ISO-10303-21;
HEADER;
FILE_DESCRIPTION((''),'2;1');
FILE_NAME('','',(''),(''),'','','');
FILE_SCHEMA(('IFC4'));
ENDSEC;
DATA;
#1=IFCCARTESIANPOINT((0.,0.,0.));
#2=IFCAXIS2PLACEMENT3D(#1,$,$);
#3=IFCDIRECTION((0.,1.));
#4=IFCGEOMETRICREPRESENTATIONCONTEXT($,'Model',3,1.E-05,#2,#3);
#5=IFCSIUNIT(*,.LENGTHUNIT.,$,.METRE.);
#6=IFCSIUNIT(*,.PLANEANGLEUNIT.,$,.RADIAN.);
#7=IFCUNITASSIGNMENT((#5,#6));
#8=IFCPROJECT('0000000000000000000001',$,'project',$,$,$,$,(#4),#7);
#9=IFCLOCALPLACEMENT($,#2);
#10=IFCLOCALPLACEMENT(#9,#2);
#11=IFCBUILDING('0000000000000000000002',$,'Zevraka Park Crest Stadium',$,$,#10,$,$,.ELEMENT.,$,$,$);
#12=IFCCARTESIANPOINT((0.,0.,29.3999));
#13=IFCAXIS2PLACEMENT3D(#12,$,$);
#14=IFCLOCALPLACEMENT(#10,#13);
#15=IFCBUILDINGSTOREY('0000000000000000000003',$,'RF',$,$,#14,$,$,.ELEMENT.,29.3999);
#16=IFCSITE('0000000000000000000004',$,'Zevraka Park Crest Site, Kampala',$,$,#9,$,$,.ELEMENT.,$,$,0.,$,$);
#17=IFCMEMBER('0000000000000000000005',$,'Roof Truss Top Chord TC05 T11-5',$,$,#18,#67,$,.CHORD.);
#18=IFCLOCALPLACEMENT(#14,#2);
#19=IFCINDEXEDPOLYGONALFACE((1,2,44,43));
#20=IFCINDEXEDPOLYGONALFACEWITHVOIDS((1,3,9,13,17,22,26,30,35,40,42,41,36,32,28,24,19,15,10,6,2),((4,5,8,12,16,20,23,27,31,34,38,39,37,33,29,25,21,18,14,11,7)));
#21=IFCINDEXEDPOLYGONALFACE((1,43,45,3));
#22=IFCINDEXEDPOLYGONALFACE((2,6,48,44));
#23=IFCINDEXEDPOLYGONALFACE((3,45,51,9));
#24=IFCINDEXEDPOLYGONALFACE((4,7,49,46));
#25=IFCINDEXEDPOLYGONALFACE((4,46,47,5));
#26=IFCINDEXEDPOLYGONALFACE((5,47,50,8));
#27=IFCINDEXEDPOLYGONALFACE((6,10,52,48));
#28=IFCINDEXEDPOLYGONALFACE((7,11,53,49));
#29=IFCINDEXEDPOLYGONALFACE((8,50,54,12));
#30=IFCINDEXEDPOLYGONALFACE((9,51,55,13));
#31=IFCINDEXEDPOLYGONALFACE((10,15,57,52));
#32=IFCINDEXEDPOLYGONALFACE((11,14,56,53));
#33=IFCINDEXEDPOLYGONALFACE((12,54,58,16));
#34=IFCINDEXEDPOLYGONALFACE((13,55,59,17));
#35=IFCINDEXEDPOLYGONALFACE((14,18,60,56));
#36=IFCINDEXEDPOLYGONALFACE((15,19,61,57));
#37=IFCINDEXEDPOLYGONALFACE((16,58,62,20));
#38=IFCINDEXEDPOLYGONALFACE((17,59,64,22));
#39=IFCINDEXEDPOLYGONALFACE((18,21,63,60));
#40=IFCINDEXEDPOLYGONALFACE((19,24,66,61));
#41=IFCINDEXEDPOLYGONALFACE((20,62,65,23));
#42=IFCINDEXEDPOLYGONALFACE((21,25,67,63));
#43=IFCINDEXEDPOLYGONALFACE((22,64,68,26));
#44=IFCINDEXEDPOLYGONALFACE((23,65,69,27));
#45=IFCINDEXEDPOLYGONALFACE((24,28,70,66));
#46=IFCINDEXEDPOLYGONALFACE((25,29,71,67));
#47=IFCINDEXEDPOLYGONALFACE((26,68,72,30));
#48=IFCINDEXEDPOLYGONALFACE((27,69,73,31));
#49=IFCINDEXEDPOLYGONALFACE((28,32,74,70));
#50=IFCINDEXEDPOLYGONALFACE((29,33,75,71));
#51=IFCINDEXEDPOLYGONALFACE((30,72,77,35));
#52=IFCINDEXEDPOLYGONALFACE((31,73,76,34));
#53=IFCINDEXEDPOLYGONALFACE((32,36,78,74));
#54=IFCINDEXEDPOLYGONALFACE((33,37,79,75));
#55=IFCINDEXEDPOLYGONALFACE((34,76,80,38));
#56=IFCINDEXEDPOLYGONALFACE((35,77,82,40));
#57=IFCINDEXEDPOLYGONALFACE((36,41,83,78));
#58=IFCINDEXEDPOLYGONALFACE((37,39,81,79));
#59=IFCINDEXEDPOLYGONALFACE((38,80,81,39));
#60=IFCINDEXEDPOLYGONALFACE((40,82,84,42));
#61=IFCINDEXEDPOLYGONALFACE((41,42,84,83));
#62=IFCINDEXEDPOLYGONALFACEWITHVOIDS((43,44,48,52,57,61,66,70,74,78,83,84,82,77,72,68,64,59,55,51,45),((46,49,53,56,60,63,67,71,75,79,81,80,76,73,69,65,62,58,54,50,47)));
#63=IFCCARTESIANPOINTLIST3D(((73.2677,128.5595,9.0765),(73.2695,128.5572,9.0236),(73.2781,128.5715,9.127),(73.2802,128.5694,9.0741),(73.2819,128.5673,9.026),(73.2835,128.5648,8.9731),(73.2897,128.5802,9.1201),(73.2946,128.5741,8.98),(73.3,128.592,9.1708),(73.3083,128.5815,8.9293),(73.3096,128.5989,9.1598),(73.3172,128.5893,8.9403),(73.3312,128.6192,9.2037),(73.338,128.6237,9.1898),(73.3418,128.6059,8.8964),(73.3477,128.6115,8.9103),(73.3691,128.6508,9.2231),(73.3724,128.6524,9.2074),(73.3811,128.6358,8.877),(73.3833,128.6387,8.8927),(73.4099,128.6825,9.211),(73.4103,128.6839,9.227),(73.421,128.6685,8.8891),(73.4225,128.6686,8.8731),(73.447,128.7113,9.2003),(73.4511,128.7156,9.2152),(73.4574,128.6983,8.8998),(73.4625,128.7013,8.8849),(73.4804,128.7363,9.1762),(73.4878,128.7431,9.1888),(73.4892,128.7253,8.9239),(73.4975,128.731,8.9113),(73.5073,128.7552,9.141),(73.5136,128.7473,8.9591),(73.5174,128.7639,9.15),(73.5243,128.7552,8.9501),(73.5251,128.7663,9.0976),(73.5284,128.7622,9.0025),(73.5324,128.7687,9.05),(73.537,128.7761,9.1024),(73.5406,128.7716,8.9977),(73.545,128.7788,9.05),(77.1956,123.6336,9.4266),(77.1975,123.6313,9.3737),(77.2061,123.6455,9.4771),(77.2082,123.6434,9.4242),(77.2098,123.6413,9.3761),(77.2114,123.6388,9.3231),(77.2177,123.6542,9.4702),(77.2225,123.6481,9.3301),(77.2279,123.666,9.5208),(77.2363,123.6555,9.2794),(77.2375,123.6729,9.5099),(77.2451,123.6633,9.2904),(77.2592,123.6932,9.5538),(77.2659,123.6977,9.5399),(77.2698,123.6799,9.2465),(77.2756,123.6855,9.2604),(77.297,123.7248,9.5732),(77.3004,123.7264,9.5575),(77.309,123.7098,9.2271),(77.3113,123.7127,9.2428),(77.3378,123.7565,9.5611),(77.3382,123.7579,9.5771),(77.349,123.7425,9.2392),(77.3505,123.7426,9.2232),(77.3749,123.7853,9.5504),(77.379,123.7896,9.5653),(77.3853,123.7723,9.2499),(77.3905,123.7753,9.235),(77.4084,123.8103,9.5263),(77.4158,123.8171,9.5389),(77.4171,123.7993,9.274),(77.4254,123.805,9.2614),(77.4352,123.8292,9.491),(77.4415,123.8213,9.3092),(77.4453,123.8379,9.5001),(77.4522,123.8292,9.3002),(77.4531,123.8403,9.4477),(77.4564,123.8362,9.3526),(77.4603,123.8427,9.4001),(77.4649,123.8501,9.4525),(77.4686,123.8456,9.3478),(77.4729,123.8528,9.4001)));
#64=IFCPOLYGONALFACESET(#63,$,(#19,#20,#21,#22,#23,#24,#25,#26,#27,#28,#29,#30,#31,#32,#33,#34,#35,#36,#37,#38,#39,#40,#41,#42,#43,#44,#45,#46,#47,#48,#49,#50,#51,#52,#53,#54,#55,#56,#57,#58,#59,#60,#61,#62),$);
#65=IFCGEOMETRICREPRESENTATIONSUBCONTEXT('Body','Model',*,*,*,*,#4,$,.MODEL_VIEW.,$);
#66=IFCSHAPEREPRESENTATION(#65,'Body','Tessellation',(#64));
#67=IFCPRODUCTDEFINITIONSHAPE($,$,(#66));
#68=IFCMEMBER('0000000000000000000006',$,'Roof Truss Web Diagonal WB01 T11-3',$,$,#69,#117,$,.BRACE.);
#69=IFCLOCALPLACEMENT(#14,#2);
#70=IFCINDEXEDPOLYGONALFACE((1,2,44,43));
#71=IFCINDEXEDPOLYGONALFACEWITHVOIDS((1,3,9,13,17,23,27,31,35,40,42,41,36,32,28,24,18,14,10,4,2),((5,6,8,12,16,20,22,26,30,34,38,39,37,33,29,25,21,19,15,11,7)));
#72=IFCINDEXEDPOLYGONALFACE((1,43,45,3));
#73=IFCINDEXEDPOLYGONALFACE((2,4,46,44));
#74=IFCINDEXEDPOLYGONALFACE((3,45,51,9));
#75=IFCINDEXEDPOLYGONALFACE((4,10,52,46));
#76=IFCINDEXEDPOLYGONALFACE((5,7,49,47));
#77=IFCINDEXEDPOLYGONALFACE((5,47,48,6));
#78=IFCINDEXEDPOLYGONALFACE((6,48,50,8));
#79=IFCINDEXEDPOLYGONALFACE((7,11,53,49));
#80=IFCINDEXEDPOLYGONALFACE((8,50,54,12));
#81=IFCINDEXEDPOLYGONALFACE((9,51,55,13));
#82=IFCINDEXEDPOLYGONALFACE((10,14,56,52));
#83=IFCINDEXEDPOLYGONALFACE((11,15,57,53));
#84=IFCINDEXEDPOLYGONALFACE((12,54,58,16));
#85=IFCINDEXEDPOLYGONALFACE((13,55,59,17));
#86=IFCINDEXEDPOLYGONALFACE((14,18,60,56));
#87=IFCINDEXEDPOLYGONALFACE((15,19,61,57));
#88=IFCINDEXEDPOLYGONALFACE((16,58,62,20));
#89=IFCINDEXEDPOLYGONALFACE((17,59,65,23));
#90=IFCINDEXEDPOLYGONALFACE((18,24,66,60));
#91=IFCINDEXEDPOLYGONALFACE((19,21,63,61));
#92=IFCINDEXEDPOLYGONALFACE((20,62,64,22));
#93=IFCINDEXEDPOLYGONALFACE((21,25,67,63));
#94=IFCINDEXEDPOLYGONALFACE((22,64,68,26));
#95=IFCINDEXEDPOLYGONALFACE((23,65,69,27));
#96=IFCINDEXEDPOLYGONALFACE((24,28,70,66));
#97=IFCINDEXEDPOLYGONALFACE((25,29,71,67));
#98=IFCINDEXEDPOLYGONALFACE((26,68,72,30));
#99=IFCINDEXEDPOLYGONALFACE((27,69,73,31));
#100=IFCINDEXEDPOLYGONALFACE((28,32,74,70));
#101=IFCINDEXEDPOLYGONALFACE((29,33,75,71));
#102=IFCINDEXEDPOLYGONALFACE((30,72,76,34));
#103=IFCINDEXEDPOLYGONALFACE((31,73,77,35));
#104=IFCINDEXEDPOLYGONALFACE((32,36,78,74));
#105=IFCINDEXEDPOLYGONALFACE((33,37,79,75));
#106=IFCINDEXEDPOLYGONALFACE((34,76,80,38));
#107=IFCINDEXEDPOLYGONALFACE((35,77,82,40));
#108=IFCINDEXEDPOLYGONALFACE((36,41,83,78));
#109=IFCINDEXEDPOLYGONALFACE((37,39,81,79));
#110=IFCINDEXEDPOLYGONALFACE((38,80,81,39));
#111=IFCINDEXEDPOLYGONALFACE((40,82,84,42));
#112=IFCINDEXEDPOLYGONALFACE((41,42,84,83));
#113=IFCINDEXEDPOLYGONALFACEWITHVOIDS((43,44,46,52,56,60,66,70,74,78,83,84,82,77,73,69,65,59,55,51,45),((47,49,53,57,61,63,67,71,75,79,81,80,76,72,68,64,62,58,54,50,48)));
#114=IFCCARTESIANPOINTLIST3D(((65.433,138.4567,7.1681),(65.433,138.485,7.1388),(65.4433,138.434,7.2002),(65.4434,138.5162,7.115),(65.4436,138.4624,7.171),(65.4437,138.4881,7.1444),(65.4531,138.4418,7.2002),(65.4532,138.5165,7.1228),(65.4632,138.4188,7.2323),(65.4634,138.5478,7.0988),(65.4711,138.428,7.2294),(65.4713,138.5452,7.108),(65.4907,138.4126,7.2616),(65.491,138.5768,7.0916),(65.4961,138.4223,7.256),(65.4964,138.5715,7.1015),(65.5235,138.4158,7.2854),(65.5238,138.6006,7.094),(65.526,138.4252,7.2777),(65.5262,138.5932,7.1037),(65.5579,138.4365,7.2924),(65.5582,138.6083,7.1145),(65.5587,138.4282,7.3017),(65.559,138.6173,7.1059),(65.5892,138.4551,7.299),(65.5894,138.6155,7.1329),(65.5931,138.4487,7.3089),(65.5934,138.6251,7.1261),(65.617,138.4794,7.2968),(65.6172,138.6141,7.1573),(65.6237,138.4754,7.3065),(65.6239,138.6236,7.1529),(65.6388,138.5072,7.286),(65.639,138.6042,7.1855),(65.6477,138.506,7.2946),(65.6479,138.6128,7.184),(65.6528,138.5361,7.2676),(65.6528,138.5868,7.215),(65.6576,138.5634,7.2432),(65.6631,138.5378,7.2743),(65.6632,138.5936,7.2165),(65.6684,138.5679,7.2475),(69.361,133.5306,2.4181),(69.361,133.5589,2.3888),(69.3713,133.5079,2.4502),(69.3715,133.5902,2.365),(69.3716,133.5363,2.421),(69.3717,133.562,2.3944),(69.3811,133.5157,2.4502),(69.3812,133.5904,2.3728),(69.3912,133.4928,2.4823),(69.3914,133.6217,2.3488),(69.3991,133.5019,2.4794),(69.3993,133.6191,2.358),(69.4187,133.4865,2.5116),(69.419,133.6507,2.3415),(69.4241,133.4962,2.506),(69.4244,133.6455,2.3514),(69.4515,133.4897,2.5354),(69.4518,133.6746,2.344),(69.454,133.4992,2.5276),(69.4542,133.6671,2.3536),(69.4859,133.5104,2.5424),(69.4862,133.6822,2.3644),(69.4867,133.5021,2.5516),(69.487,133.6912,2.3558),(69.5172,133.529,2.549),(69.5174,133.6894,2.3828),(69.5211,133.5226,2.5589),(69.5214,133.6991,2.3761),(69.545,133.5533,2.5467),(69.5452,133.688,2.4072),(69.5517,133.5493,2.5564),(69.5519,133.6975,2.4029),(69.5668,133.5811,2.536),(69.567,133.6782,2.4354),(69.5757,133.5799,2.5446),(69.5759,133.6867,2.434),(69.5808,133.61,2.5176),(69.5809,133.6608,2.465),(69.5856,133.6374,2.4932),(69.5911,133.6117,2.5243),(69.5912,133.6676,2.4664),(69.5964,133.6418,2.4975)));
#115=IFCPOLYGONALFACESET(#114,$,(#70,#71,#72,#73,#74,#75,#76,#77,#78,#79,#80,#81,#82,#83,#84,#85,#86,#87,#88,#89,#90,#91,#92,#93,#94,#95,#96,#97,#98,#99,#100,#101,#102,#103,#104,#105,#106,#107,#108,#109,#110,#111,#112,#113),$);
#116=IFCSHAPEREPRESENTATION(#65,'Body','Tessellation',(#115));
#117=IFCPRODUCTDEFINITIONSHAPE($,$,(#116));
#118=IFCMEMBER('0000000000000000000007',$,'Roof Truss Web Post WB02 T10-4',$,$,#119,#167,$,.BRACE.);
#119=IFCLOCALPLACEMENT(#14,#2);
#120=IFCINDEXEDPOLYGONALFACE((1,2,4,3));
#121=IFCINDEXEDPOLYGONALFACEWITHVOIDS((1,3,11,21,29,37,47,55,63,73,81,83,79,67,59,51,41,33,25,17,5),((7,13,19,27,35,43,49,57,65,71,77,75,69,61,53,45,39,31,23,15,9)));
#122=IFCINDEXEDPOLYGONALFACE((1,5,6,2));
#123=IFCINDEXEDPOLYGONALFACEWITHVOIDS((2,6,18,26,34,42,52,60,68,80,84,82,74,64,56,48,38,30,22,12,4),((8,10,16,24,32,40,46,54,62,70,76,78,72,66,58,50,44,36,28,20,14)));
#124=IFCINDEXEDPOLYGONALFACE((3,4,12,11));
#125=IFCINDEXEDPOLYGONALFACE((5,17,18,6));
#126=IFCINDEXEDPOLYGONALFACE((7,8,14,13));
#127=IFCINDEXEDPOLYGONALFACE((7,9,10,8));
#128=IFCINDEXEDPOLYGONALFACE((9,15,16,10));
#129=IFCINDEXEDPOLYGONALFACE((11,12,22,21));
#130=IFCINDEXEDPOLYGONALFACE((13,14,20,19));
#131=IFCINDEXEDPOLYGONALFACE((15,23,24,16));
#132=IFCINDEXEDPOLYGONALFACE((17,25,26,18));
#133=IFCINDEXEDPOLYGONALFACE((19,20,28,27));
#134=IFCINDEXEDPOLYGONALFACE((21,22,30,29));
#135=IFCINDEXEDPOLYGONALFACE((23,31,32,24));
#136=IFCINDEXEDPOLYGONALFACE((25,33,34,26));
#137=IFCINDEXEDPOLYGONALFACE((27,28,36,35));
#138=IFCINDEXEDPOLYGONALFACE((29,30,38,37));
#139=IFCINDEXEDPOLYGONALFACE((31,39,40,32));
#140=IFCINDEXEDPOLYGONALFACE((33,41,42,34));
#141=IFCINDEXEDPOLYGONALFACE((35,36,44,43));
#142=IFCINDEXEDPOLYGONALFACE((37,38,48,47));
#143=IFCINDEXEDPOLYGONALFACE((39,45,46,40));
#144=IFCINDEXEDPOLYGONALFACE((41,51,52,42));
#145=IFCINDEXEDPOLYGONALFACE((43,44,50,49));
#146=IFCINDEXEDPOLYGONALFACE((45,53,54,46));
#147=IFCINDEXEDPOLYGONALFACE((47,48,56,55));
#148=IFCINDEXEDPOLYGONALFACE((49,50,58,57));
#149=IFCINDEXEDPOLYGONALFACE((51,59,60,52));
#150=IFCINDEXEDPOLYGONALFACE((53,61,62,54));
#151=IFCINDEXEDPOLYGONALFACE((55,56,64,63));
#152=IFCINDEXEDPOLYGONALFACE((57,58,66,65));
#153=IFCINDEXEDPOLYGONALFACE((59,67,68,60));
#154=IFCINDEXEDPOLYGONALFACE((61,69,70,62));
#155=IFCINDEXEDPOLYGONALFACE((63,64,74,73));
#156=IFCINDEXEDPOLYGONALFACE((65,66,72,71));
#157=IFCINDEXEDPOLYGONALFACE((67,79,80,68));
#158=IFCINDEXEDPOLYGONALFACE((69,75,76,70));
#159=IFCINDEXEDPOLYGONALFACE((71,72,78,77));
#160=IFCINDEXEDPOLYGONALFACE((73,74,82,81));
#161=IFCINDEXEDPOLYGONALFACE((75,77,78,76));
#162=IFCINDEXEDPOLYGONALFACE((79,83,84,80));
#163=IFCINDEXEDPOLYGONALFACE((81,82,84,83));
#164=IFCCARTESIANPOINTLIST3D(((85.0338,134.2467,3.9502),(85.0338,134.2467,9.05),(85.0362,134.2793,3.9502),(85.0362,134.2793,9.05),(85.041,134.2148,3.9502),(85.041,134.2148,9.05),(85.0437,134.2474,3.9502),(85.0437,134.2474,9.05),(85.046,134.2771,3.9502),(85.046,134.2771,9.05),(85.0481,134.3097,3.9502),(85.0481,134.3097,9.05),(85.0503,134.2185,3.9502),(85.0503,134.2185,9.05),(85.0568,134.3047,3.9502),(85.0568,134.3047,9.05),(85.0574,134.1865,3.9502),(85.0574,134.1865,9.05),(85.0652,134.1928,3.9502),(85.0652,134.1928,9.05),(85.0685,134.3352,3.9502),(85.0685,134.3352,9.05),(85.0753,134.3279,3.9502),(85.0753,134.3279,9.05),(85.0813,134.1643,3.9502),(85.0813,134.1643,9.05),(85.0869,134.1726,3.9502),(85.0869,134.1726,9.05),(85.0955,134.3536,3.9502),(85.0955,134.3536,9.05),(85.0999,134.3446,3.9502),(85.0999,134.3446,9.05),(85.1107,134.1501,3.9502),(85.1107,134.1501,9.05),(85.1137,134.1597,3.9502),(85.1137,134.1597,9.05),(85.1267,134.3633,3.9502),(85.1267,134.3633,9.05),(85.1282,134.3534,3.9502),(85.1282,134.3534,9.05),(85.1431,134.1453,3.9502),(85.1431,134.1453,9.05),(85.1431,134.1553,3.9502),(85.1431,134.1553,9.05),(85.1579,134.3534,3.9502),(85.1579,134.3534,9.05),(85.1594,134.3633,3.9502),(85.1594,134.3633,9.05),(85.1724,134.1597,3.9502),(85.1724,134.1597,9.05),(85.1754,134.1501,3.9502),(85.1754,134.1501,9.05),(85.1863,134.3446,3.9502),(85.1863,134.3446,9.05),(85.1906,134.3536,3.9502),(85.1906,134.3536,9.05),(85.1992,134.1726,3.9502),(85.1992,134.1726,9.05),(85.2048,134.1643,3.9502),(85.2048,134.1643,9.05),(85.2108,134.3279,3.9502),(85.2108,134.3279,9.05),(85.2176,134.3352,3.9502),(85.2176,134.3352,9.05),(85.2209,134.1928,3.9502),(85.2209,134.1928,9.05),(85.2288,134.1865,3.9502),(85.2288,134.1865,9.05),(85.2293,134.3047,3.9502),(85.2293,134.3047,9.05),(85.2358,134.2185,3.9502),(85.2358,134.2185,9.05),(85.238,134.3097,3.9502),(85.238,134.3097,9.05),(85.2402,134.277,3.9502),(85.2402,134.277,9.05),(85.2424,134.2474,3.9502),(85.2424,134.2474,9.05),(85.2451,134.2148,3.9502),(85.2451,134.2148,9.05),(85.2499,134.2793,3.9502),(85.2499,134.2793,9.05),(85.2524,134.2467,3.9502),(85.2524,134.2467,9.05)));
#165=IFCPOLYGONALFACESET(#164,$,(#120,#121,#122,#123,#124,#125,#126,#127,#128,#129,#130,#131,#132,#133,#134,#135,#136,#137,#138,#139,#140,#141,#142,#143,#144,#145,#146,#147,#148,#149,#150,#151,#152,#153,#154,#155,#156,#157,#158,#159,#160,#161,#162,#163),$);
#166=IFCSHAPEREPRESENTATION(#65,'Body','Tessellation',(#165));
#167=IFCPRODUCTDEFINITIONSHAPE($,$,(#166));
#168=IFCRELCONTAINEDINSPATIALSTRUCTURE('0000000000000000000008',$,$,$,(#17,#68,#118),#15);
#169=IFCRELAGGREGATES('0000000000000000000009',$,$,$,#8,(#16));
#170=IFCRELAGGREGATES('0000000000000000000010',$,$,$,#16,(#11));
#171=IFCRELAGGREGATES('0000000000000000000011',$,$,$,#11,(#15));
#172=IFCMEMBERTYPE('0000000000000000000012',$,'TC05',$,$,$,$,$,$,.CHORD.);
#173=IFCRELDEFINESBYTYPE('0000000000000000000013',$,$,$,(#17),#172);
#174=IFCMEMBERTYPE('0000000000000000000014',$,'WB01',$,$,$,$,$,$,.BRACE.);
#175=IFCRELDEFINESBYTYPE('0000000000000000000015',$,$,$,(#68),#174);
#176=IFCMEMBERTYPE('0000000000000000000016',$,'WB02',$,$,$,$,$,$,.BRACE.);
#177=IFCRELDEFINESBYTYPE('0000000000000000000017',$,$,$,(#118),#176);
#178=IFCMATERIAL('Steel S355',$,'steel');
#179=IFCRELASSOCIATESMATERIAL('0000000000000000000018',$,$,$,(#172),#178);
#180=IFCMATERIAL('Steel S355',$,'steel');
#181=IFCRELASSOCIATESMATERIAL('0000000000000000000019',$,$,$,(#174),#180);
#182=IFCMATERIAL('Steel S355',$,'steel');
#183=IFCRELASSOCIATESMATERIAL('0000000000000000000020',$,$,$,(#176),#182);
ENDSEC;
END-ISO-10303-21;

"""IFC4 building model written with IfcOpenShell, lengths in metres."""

from ifc_helpers import new_model, si_unit, direction, frame, origin, origin_2d, place, context, subcontext, project, spatial, hollow_circle, extrude, material, material_profile, profile_set, type_object, element, save


model = new_model("IFC4")

# Units and contexts
model_context = context("Model", 3, precision=1e-05, world=origin(), true_north=direction((0.0, 1.0)))
body_context = subcontext(model_context, "Body", "Model", "MODEL_VIEW")
ifc_project = project(units=[si_unit("LENGTHUNIT", "METRE"), si_unit("PLANEANGLEUNIT", "RADIAN")], contexts=[model_context])

# Site, building, storey
site_placement = place(None, origin())
site = spatial("IfcSite", under=ifc_project, at=site_placement, Name="Zevraka Park Crest Site, Kampala", CompositionType="ELEMENT", RefElevation=0.0)
building_placement = place(site_placement, origin())
building = spatial("IfcBuilding", under=site, at=building_placement, Name="Zevraka Park Crest Stadium", CompositionType="ELEMENT")
storey_placement = place(building_placement, frame((0.0, 0.0, 29.3999)))
storey = spatial("IfcBuildingStorey", under=building, at=storey_placement, Name="RF", CompositionType="ELEMENT", Elevation=29.3999)

# Members
ifc_material_1 = material(Name="Steel S355", Category="steel")
ifc_material_profile_1 = material_profile(ifc_material_1, hollow_circle(Radius=0.1777, WallThickness=0.0161, at=origin_2d()), Name="CHS 355.6x16")
ifc_profile_set_1 = profile_set([ifc_material_profile_1], Name="Steel S355")
member_type_1 = type_object("IfcMemberType", Name="TC05", PredefinedType="CHORD", material=ifc_profile_set_1)
member_1_placement = place(storey_placement, frame((73.406, 128.668, 9.05), z_axis=(0.622491, -0.780658, 0.055482), x_axis=(0.781862, 0.623451, 0.0)))
element("IfcMember", 1, at=member_1_placement, inside=storey, type_object=member_type_1, Name="Roof Truss Top Chord TC05 T11-5", PredefinedType="CHORD", context=body_context, shape_type="SweptSolid", body=[
    extrude(hollow_circle(Radius=0.1777, WallThickness=0.0161, at=origin_2d()), origin(), (0.0, 0.0, 1.0), 6.3101),
])
ifc_material_2 = material(Name="Steel S355", Category="steel")
ifc_material_profile_2 = material_profile(ifc_material_2, hollow_circle(Radius=0.1365, WallThickness=0.0125, at=origin_2d()), Name="CHS 273.0x12.5")
ifc_profile_set_2 = profile_set([ifc_material_profile_2], Name="Steel S355")
member_type_2 = type_object("IfcMemberType", Name="WB01", PredefinedType="BRACE", material=ifc_profile_set_2)
member_2_placement = place(storey_placement, frame((69.478, 133.593, 2.4502), z_axis=(-0.497822, 0.624312, 0.602003), x_axis=(-0.781862, -0.623451, 0.0)))
element("IfcMember", 2, at=member_2_placement, inside=storey, type_object=member_type_2, Name="Roof Truss Web Diagonal WB01 T11-3", PredefinedType="BRACE", context=body_context, shape_type="SweptSolid", body=[
    extrude(hollow_circle(Radius=0.1365, WallThickness=0.0125, at=origin_2d()), origin(), (0.0, 0.0, 1.0), 7.8904),
])
ifc_material_3 = material(Name="Steel S355", Category="steel")
ifc_material_profile_3 = material_profile(ifc_material_3, hollow_circle(Radius=0.1096, WallThickness=0.01, at=origin_2d()), Name="CHS 219.1x10")
ifc_profile_set_3 = profile_set([ifc_material_profile_3], Name="Steel S355")
member_type_3 = type_object("IfcMemberType", Name="WB02", PredefinedType="BRACE", material=ifc_profile_set_3)
for number, where, z_axis, x_axis, name in (
    (3, (85.1431, 134.2549, 3.9502), (0.0, 0.0, 1.0), (-0.433816, 0.901001, 0.0), "Roof Truss Web Post WB02 T10-4"),
):
    element("IfcMember", number, at=place(storey_placement, frame(where, z_axis=z_axis, x_axis=x_axis)), inside=storey, type_object=member_type_3, Name=name, PredefinedType="BRACE", context=body_context, shape_type="SweptSolid", body=[
        extrude(hollow_circle(Radius=0.1096, WallThickness=0.01, at=origin_2d()), origin(), (0.0, 0.0, 1.0), 5.0999),
    ])

save(model, "model.ifc")
